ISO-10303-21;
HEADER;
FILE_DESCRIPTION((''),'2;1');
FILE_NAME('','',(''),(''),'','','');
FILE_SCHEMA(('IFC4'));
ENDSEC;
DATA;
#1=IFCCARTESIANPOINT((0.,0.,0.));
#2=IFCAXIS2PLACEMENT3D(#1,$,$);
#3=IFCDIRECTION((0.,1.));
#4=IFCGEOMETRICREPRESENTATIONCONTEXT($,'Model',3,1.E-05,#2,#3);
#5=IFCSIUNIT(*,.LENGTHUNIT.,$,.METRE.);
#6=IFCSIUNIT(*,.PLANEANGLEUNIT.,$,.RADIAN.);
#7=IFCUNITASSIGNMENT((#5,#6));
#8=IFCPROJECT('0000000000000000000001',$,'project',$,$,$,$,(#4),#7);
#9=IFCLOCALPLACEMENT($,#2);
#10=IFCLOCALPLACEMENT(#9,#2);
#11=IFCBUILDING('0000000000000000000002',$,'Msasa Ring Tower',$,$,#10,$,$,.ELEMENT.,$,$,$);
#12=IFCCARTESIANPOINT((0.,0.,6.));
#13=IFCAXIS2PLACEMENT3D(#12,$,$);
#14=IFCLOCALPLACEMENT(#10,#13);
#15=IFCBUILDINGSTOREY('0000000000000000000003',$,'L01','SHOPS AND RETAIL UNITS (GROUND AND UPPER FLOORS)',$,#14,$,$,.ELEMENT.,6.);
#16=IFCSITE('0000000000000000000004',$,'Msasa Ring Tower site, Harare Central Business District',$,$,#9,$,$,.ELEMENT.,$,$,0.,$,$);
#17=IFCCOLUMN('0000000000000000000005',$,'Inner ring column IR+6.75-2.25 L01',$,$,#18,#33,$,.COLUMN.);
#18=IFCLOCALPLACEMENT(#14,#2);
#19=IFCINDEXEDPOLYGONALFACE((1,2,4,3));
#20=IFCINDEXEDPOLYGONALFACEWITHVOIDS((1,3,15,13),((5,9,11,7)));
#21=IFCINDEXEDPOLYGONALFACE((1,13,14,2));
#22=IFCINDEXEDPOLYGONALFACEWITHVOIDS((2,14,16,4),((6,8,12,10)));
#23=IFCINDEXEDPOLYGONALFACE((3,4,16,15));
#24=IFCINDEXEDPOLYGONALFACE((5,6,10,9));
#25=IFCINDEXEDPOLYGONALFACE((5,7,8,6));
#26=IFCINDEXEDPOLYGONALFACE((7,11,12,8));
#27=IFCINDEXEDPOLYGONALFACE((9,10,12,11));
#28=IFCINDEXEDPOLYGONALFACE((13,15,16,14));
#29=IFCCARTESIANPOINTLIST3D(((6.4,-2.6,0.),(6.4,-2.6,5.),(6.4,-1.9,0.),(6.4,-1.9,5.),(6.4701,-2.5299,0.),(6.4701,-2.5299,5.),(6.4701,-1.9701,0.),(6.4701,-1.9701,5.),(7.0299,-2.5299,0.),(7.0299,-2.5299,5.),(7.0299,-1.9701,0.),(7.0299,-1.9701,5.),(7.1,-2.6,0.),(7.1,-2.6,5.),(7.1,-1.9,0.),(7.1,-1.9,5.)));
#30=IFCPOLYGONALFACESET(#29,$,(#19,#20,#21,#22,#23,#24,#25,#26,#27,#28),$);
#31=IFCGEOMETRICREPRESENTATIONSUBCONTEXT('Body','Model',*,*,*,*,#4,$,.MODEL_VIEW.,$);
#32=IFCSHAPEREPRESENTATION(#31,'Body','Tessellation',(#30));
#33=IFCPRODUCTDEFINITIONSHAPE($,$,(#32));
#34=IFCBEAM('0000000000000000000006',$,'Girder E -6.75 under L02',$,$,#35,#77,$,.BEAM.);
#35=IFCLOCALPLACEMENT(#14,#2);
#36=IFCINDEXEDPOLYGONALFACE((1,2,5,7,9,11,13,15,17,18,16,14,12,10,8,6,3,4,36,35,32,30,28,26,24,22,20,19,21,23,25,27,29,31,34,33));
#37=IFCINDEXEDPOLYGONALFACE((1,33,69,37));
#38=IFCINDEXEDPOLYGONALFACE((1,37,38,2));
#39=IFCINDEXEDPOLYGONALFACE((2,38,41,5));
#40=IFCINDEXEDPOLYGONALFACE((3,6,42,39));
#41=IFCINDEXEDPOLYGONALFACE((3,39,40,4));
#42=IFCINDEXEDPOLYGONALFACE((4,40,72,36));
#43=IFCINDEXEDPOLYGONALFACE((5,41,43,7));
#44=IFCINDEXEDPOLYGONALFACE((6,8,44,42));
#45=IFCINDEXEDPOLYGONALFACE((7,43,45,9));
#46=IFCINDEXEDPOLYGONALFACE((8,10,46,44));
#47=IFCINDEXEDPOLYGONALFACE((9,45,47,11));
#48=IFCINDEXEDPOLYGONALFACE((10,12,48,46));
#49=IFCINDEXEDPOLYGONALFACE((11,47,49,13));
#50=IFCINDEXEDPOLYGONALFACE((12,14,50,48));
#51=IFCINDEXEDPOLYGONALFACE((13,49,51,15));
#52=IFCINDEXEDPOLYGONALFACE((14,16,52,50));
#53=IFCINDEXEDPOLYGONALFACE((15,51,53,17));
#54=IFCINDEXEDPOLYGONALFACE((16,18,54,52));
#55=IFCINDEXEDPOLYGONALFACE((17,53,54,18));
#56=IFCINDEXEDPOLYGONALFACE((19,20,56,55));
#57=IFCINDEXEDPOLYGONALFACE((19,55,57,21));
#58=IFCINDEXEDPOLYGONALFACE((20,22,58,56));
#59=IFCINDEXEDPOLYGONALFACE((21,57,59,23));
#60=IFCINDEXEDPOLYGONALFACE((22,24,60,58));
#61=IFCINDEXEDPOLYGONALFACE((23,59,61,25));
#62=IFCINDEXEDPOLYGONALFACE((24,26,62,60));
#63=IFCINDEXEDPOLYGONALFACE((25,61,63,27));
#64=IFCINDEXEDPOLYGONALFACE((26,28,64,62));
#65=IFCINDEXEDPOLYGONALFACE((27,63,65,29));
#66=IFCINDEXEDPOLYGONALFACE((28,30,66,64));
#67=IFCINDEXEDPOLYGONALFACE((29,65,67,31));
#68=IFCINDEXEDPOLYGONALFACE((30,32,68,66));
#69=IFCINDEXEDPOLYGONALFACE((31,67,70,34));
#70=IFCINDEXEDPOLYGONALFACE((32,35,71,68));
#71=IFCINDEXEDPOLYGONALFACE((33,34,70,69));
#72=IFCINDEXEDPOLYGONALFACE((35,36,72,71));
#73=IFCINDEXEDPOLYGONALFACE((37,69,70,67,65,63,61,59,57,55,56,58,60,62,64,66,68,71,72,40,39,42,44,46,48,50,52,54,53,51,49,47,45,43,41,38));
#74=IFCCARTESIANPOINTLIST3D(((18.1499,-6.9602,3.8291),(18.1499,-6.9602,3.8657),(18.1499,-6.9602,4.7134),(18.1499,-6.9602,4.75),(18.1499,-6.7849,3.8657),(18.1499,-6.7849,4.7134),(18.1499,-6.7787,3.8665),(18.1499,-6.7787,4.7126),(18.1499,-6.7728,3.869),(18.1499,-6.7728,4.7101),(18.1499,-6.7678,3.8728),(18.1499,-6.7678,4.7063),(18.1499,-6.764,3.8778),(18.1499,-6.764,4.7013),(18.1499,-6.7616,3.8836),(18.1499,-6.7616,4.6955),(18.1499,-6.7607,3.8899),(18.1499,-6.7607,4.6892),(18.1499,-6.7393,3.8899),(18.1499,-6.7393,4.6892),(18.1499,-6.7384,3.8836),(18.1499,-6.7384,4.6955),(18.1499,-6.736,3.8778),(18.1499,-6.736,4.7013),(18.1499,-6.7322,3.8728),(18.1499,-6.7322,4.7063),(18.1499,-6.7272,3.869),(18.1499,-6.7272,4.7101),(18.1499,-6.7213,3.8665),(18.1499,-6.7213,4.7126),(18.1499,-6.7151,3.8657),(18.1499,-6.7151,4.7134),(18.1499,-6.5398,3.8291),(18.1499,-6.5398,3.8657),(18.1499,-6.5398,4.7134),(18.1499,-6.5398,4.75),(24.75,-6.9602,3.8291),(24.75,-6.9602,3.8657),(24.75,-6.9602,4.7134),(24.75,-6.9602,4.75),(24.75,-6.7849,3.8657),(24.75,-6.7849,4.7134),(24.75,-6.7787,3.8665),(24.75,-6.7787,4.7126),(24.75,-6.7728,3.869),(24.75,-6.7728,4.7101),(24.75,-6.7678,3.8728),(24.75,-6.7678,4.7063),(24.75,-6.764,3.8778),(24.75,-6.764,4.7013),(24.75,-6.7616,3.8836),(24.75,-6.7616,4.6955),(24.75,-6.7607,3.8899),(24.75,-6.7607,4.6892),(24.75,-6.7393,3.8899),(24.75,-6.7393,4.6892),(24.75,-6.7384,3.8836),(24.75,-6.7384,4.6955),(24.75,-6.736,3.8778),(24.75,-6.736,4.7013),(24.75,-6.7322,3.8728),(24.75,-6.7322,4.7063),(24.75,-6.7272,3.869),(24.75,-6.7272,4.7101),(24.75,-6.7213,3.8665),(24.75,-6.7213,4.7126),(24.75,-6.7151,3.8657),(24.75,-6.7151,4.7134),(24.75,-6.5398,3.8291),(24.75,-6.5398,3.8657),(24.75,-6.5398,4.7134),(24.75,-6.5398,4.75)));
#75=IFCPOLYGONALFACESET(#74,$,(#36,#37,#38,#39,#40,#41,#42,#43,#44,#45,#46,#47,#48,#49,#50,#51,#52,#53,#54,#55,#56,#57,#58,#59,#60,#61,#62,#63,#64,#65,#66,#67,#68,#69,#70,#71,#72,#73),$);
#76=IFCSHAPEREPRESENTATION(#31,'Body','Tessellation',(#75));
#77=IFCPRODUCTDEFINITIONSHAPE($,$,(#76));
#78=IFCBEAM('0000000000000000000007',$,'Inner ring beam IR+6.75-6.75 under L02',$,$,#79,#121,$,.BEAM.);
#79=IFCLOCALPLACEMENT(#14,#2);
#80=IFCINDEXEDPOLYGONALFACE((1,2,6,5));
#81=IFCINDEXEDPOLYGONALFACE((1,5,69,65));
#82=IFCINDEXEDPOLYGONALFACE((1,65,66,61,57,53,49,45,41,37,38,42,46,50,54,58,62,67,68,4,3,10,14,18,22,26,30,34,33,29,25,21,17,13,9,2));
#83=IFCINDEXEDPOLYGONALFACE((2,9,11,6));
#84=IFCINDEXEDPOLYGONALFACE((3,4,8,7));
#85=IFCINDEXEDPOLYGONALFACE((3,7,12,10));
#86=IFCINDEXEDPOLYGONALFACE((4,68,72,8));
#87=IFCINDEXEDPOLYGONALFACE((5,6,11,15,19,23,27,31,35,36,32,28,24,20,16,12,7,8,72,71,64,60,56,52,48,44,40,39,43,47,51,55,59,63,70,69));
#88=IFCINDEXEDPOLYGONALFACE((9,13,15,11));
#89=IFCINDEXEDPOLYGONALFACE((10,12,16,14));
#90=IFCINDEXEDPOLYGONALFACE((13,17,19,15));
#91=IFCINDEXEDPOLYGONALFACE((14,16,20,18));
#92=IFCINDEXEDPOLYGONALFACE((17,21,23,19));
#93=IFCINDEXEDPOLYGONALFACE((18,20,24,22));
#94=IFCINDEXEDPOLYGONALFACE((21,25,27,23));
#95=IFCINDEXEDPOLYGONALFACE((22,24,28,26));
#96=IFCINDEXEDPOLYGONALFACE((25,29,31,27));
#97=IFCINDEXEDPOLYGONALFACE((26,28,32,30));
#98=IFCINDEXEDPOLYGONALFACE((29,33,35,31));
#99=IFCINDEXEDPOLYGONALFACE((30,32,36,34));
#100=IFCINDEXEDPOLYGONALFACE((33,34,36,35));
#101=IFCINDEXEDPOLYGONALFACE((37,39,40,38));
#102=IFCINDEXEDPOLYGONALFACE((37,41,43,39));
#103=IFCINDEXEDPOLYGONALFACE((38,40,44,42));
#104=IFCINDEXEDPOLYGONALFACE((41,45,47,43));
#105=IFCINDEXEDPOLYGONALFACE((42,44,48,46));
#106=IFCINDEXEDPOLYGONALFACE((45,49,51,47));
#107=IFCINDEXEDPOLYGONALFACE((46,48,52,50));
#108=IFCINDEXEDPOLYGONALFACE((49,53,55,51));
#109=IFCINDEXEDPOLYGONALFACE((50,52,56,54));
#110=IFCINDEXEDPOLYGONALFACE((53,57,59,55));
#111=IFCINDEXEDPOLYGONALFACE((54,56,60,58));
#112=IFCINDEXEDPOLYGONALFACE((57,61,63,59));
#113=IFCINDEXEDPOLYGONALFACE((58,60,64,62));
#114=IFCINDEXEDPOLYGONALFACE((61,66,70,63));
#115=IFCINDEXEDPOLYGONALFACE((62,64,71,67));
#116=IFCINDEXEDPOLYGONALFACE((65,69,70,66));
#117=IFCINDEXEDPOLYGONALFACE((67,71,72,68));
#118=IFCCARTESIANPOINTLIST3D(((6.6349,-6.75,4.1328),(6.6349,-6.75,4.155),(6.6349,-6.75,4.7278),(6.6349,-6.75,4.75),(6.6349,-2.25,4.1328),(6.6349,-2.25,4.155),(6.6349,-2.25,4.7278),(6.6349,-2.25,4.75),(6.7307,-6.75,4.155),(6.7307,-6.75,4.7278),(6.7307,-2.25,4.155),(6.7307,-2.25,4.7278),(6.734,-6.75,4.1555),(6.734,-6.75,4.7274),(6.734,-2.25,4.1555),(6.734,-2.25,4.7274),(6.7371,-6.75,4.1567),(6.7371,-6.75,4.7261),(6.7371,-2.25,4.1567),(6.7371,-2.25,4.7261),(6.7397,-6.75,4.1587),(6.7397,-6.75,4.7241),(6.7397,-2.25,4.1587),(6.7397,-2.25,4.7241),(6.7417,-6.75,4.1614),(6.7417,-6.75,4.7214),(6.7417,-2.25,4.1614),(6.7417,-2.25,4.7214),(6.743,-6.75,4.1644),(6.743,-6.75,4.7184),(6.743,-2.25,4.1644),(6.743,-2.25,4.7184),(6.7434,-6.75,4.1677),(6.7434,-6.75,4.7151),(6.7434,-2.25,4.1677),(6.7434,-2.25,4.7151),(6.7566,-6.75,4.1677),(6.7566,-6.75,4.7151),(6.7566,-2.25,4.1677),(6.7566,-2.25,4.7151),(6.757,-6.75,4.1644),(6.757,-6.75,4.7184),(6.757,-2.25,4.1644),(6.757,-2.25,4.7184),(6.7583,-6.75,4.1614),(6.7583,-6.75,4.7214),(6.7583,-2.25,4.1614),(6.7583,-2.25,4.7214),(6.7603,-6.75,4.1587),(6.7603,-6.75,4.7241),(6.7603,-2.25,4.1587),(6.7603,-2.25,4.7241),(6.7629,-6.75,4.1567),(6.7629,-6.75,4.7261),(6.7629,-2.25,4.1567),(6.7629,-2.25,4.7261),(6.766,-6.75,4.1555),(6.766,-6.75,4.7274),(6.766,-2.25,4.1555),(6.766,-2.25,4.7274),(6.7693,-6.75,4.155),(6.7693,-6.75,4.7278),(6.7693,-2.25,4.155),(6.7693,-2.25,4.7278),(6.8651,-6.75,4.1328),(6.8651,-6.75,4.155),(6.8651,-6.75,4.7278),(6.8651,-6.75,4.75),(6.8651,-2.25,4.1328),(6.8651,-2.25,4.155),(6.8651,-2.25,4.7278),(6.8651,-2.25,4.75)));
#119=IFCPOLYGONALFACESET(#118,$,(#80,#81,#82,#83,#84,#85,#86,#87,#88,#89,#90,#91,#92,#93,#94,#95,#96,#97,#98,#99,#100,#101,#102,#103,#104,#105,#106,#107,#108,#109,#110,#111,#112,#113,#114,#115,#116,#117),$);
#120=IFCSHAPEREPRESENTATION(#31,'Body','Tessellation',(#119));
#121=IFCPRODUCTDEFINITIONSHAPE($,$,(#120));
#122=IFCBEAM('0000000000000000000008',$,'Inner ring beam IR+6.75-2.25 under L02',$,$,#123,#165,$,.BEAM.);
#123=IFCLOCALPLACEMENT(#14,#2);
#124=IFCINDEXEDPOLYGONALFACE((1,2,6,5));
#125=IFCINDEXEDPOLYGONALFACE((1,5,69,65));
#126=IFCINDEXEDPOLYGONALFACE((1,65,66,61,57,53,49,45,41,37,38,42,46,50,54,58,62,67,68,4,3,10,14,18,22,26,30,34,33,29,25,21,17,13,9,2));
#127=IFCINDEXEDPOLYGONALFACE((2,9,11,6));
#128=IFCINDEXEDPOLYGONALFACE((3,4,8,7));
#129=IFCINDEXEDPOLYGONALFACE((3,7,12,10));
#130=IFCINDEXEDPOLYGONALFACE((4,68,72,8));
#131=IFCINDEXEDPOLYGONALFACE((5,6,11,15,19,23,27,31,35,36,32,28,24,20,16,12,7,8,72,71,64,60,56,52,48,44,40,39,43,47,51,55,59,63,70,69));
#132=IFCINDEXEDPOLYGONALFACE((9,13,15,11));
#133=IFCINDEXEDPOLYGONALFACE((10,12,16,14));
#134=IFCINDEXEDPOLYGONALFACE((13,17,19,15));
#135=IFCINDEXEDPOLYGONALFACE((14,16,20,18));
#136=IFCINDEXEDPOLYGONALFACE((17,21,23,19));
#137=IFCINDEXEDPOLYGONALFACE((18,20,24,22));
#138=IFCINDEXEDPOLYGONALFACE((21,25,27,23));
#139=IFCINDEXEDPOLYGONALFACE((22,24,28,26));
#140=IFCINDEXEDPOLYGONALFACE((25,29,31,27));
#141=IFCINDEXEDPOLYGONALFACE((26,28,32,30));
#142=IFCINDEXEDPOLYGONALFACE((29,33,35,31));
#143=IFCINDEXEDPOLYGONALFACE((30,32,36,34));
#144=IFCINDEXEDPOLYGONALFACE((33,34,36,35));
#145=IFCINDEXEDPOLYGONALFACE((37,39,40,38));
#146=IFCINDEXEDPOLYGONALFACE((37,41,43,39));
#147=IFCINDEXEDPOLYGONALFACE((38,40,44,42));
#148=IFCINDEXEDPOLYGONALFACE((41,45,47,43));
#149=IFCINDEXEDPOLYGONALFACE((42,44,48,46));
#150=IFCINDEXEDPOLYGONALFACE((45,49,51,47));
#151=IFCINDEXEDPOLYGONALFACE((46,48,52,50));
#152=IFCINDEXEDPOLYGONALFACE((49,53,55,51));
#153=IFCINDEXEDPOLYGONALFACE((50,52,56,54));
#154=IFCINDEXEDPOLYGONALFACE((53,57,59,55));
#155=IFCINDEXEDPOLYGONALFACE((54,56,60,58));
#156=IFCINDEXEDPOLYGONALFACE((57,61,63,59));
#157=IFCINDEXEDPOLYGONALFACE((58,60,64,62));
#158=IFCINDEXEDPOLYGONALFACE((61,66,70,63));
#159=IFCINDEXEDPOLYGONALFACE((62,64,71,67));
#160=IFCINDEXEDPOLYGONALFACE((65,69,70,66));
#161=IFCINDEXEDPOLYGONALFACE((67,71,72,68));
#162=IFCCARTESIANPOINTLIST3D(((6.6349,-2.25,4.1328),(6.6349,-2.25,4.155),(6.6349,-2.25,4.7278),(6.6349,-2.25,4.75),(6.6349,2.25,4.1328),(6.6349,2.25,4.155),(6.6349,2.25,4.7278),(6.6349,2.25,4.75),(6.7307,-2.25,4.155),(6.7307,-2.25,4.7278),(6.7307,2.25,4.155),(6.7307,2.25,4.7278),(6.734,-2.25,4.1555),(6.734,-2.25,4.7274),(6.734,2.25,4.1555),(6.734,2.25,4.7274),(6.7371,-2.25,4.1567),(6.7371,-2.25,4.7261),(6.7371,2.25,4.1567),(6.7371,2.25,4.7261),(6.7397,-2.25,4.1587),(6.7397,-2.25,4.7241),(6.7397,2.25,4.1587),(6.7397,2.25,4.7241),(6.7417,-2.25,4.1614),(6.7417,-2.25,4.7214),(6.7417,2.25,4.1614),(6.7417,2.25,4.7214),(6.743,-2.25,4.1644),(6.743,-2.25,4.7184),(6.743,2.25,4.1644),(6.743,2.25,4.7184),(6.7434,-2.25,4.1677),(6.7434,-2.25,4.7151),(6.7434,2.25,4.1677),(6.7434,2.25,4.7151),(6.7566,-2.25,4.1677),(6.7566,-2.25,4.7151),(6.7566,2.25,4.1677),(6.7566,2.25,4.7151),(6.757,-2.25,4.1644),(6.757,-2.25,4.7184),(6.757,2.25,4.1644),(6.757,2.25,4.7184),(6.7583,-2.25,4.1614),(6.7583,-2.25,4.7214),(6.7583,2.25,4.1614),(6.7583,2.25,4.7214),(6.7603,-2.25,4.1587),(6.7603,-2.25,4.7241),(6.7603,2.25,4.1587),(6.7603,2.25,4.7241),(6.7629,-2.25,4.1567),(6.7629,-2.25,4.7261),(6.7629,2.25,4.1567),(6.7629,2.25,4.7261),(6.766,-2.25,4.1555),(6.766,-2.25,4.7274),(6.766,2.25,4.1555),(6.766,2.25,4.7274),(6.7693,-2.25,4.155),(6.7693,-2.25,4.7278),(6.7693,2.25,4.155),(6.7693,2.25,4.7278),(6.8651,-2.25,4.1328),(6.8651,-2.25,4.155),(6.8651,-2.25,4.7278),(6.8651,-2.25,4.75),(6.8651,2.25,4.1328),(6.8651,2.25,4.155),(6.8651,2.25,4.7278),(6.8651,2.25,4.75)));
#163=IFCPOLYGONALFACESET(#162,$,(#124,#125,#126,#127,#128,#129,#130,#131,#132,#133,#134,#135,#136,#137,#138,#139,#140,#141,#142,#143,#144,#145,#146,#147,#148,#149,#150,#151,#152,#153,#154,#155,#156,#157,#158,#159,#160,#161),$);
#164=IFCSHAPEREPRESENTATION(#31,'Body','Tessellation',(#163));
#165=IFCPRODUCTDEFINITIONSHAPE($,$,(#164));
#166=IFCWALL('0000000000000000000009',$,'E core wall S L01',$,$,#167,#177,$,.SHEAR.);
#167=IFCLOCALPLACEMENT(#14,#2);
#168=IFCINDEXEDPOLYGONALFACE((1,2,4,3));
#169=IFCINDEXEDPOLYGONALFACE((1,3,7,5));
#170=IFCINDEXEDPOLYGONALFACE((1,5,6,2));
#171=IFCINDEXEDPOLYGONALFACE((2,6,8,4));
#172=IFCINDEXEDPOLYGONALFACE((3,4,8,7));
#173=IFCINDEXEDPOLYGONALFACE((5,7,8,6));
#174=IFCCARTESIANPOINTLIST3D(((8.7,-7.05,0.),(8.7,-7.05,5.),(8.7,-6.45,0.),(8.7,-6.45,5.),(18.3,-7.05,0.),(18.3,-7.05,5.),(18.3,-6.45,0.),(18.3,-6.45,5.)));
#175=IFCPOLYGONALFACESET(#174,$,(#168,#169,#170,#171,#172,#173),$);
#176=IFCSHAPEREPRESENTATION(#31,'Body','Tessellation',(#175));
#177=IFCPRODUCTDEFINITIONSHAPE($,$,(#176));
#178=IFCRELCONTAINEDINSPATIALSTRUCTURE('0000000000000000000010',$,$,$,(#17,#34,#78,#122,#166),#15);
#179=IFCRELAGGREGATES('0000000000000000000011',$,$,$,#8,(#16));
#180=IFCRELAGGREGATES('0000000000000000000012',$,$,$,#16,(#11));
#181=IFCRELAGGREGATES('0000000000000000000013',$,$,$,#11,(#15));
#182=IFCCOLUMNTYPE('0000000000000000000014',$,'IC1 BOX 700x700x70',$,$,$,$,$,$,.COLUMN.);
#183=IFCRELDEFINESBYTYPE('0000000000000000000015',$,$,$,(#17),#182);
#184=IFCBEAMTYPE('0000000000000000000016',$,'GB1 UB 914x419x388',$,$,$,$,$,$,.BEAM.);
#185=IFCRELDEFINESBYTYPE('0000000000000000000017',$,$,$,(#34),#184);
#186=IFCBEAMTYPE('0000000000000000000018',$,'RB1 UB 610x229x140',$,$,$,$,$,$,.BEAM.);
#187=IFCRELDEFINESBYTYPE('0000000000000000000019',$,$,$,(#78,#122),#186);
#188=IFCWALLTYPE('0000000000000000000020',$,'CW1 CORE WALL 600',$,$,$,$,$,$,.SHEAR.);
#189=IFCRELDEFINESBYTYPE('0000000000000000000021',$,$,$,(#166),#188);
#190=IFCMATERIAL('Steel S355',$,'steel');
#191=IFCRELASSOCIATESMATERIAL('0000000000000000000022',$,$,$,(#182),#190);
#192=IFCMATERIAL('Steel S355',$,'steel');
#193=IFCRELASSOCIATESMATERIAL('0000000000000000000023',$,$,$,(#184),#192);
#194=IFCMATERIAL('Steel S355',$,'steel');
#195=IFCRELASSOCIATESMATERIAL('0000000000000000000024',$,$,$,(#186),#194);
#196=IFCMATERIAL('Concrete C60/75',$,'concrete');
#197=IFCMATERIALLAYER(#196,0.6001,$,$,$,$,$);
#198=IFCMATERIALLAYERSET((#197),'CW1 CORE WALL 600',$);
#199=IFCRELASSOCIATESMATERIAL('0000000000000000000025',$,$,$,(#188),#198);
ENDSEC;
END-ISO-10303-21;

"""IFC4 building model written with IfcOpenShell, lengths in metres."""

from ifc_helpers import new_model, si_unit, direction, frame, frame_2d, origin, origin_2d, place, context, subcontext, project, spatial, rectangle, hollow_rectangle, i_section, extrude, material, layer, layer_set, material_profile, profile_set, type_object, element, save


model = new_model("IFC4")

# Units and contexts
model_context = context("Model", 3, precision=1e-05, world=origin(), true_north=direction((0.0, 1.0)))
body_context = subcontext(model_context, "Body", "Model", "MODEL_VIEW")
ifc_project = project(units=[si_unit("LENGTHUNIT", "METRE"), si_unit("PLANEANGLEUNIT", "RADIAN")], contexts=[model_context])

# Site, building, storey
site_placement = place(None, origin())
site = spatial("IfcSite", under=ifc_project, at=site_placement, Name="Msasa Ring Tower site, Harare Central Business District", CompositionType="ELEMENT", RefElevation=0.0)
building_placement = place(site_placement, origin())
building = spatial("IfcBuilding", under=site, at=building_placement, Name="Msasa Ring Tower", CompositionType="ELEMENT")
storey_placement = place(building_placement, frame((0.0, 0.0, 6.0)))
storey = spatial("IfcBuildingStorey", under=building, at=storey_placement, Name="L01", Description="SHOPS AND RETAIL UNITS (GROUND AND UPPER FLOORS)", CompositionType="ELEMENT", Elevation=6.0)

# Column
ifc_material_1 = material(Name="Steel S355", Category="steel")
ifc_material_profile_1 = material_profile(ifc_material_1, hollow_rectangle(XDim=0.7, YDim=0.7, WallThickness=0.0701, at=origin_2d()), Name="BOX 700x700x70")
ifc_profile_set_1 = profile_set([ifc_material_profile_1], Name="Steel S355")
column_type = type_object("IfcColumnType", Name="IC1 BOX 700x700x70", PredefinedType="COLUMN", material=ifc_profile_set_1)
column_placement = place(storey_placement, frame((6.75, -2.25, 0.0), z_axis=(0.0, 0.0, 1.0), x_axis=(1.0, 0.0, 0.0)))
element("IfcColumn", 1, at=column_placement, inside=storey, type_object=column_type, Name="Inner ring column IR+6.75-2.25 L01", PredefinedType="COLUMN", context=body_context, shape_type="SweptSolid", body=[
    extrude(hollow_rectangle(XDim=0.7, YDim=0.7, WallThickness=0.0701, at=origin_2d()), origin(), (0.0, 0.0, 1.0), 5.0),
])

# Beams
ifc_material_2 = material(Name="Steel S355", Category="steel")
ifc_material_profile_2 = material_profile(ifc_material_2, i_section(OverallWidth=0.4204, OverallDepth=0.9209, WebThickness=0.0215, FlangeThickness=0.0366, FilletRadius=0.0242, at=origin_2d()), Name="UB 914x419x388")
ifc_profile_set_2 = profile_set([ifc_material_profile_2], Name="Steel S355")
beam_type_1 = type_object("IfcBeamType", Name="GB1 UB 914x419x388", PredefinedType="BEAM", material=ifc_profile_set_2)
beam_placement = place(storey_placement, frame((18.1499, -6.75, 4.2896), z_axis=(1.0, 0.0, 0.0), x_axis=(0.0, 1.0, 0.0)))
element("IfcBeam", 2, at=beam_placement, inside=storey, type_object=beam_type_1, Name="Girder E -6.75 under L02", PredefinedType="BEAM", context=body_context, shape_type="SweptSolid", body=[
    extrude(i_section(OverallWidth=0.4204, OverallDepth=0.9209, WebThickness=0.0215, FlangeThickness=0.0366, FilletRadius=0.0242, at=origin_2d()), origin(), (0.0, 0.0, 1.0), 6.6001),
])
ifc_material_3 = material(Name="Steel S355", Category="steel")
ifc_material_profile_3 = material_profile(ifc_material_3, i_section(OverallWidth=0.2302, OverallDepth=0.6172, WebThickness=0.0132, FlangeThickness=0.0222, FilletRadius=0.0127, at=origin_2d()), Name="UB 610x229x140")
ifc_profile_set_3 = profile_set([ifc_material_profile_3], Name="Steel S355")
beam_type_2 = type_object("IfcBeamType", Name="RB1 UB 610x229x140", PredefinedType="BEAM", material=ifc_profile_set_3)
for number, where, z_axis, x_axis, name in (
    (3, (6.75, -6.75, 4.4414), (0.0, 1.0, 0.0), (-1.0, 0.0, 0.0), "Inner ring beam IR+6.75-6.75 under L02"),
    (4, (6.75, -2.25, 4.4414), (0.0, 1.0, 0.0), (-1.0, 0.0, 0.0), "Inner ring beam IR+6.75-2.25 under L02"),
):
    element("IfcBeam", number, at=place(storey_placement, frame(where, z_axis=z_axis, x_axis=x_axis)), inside=storey, type_object=beam_type_2, Name=name, PredefinedType="BEAM", context=body_context, shape_type="SweptSolid", body=[
        extrude(i_section(OverallWidth=0.2302, OverallDepth=0.6172, WebThickness=0.0132, FlangeThickness=0.0222, FilletRadius=0.0127, at=origin_2d()), origin(), (0.0, 0.0, 1.0), 4.5),
    ])

# Wall
ifc_material_4 = material(Name="Concrete C60/75", Category="concrete")
ifc_layer_1 = layer(ifc_material_4, 0.6001)
ifc_layer_set_1 = layer_set([ifc_layer_1], Name="CW1 CORE WALL 600")
wall_type_1 = type_object("IfcWallType", Name="CW1 CORE WALL 600", PredefinedType="SHEAR", material=ifc_layer_set_1)
wall_1_placement = place(storey_placement, frame((8.7, -6.75, 0.0), z_axis=(0.0, 0.0, 1.0), x_axis=(1.0, 0.0, 0.0)))
element("IfcWall", 5, at=wall_1_placement, inside=storey, type_object=wall_type_1, Name="E core wall S L01", PredefinedType="SHEAR", context=body_context, shape_type="SweptSolid", body=[
    extrude(rectangle(XDim=9.6001, YDim=0.6001, at=frame_2d((4.8, 0.0))), origin(), (0.0, 0.0, 1.0), 5.0),
])

save(model, "model.ifc")
